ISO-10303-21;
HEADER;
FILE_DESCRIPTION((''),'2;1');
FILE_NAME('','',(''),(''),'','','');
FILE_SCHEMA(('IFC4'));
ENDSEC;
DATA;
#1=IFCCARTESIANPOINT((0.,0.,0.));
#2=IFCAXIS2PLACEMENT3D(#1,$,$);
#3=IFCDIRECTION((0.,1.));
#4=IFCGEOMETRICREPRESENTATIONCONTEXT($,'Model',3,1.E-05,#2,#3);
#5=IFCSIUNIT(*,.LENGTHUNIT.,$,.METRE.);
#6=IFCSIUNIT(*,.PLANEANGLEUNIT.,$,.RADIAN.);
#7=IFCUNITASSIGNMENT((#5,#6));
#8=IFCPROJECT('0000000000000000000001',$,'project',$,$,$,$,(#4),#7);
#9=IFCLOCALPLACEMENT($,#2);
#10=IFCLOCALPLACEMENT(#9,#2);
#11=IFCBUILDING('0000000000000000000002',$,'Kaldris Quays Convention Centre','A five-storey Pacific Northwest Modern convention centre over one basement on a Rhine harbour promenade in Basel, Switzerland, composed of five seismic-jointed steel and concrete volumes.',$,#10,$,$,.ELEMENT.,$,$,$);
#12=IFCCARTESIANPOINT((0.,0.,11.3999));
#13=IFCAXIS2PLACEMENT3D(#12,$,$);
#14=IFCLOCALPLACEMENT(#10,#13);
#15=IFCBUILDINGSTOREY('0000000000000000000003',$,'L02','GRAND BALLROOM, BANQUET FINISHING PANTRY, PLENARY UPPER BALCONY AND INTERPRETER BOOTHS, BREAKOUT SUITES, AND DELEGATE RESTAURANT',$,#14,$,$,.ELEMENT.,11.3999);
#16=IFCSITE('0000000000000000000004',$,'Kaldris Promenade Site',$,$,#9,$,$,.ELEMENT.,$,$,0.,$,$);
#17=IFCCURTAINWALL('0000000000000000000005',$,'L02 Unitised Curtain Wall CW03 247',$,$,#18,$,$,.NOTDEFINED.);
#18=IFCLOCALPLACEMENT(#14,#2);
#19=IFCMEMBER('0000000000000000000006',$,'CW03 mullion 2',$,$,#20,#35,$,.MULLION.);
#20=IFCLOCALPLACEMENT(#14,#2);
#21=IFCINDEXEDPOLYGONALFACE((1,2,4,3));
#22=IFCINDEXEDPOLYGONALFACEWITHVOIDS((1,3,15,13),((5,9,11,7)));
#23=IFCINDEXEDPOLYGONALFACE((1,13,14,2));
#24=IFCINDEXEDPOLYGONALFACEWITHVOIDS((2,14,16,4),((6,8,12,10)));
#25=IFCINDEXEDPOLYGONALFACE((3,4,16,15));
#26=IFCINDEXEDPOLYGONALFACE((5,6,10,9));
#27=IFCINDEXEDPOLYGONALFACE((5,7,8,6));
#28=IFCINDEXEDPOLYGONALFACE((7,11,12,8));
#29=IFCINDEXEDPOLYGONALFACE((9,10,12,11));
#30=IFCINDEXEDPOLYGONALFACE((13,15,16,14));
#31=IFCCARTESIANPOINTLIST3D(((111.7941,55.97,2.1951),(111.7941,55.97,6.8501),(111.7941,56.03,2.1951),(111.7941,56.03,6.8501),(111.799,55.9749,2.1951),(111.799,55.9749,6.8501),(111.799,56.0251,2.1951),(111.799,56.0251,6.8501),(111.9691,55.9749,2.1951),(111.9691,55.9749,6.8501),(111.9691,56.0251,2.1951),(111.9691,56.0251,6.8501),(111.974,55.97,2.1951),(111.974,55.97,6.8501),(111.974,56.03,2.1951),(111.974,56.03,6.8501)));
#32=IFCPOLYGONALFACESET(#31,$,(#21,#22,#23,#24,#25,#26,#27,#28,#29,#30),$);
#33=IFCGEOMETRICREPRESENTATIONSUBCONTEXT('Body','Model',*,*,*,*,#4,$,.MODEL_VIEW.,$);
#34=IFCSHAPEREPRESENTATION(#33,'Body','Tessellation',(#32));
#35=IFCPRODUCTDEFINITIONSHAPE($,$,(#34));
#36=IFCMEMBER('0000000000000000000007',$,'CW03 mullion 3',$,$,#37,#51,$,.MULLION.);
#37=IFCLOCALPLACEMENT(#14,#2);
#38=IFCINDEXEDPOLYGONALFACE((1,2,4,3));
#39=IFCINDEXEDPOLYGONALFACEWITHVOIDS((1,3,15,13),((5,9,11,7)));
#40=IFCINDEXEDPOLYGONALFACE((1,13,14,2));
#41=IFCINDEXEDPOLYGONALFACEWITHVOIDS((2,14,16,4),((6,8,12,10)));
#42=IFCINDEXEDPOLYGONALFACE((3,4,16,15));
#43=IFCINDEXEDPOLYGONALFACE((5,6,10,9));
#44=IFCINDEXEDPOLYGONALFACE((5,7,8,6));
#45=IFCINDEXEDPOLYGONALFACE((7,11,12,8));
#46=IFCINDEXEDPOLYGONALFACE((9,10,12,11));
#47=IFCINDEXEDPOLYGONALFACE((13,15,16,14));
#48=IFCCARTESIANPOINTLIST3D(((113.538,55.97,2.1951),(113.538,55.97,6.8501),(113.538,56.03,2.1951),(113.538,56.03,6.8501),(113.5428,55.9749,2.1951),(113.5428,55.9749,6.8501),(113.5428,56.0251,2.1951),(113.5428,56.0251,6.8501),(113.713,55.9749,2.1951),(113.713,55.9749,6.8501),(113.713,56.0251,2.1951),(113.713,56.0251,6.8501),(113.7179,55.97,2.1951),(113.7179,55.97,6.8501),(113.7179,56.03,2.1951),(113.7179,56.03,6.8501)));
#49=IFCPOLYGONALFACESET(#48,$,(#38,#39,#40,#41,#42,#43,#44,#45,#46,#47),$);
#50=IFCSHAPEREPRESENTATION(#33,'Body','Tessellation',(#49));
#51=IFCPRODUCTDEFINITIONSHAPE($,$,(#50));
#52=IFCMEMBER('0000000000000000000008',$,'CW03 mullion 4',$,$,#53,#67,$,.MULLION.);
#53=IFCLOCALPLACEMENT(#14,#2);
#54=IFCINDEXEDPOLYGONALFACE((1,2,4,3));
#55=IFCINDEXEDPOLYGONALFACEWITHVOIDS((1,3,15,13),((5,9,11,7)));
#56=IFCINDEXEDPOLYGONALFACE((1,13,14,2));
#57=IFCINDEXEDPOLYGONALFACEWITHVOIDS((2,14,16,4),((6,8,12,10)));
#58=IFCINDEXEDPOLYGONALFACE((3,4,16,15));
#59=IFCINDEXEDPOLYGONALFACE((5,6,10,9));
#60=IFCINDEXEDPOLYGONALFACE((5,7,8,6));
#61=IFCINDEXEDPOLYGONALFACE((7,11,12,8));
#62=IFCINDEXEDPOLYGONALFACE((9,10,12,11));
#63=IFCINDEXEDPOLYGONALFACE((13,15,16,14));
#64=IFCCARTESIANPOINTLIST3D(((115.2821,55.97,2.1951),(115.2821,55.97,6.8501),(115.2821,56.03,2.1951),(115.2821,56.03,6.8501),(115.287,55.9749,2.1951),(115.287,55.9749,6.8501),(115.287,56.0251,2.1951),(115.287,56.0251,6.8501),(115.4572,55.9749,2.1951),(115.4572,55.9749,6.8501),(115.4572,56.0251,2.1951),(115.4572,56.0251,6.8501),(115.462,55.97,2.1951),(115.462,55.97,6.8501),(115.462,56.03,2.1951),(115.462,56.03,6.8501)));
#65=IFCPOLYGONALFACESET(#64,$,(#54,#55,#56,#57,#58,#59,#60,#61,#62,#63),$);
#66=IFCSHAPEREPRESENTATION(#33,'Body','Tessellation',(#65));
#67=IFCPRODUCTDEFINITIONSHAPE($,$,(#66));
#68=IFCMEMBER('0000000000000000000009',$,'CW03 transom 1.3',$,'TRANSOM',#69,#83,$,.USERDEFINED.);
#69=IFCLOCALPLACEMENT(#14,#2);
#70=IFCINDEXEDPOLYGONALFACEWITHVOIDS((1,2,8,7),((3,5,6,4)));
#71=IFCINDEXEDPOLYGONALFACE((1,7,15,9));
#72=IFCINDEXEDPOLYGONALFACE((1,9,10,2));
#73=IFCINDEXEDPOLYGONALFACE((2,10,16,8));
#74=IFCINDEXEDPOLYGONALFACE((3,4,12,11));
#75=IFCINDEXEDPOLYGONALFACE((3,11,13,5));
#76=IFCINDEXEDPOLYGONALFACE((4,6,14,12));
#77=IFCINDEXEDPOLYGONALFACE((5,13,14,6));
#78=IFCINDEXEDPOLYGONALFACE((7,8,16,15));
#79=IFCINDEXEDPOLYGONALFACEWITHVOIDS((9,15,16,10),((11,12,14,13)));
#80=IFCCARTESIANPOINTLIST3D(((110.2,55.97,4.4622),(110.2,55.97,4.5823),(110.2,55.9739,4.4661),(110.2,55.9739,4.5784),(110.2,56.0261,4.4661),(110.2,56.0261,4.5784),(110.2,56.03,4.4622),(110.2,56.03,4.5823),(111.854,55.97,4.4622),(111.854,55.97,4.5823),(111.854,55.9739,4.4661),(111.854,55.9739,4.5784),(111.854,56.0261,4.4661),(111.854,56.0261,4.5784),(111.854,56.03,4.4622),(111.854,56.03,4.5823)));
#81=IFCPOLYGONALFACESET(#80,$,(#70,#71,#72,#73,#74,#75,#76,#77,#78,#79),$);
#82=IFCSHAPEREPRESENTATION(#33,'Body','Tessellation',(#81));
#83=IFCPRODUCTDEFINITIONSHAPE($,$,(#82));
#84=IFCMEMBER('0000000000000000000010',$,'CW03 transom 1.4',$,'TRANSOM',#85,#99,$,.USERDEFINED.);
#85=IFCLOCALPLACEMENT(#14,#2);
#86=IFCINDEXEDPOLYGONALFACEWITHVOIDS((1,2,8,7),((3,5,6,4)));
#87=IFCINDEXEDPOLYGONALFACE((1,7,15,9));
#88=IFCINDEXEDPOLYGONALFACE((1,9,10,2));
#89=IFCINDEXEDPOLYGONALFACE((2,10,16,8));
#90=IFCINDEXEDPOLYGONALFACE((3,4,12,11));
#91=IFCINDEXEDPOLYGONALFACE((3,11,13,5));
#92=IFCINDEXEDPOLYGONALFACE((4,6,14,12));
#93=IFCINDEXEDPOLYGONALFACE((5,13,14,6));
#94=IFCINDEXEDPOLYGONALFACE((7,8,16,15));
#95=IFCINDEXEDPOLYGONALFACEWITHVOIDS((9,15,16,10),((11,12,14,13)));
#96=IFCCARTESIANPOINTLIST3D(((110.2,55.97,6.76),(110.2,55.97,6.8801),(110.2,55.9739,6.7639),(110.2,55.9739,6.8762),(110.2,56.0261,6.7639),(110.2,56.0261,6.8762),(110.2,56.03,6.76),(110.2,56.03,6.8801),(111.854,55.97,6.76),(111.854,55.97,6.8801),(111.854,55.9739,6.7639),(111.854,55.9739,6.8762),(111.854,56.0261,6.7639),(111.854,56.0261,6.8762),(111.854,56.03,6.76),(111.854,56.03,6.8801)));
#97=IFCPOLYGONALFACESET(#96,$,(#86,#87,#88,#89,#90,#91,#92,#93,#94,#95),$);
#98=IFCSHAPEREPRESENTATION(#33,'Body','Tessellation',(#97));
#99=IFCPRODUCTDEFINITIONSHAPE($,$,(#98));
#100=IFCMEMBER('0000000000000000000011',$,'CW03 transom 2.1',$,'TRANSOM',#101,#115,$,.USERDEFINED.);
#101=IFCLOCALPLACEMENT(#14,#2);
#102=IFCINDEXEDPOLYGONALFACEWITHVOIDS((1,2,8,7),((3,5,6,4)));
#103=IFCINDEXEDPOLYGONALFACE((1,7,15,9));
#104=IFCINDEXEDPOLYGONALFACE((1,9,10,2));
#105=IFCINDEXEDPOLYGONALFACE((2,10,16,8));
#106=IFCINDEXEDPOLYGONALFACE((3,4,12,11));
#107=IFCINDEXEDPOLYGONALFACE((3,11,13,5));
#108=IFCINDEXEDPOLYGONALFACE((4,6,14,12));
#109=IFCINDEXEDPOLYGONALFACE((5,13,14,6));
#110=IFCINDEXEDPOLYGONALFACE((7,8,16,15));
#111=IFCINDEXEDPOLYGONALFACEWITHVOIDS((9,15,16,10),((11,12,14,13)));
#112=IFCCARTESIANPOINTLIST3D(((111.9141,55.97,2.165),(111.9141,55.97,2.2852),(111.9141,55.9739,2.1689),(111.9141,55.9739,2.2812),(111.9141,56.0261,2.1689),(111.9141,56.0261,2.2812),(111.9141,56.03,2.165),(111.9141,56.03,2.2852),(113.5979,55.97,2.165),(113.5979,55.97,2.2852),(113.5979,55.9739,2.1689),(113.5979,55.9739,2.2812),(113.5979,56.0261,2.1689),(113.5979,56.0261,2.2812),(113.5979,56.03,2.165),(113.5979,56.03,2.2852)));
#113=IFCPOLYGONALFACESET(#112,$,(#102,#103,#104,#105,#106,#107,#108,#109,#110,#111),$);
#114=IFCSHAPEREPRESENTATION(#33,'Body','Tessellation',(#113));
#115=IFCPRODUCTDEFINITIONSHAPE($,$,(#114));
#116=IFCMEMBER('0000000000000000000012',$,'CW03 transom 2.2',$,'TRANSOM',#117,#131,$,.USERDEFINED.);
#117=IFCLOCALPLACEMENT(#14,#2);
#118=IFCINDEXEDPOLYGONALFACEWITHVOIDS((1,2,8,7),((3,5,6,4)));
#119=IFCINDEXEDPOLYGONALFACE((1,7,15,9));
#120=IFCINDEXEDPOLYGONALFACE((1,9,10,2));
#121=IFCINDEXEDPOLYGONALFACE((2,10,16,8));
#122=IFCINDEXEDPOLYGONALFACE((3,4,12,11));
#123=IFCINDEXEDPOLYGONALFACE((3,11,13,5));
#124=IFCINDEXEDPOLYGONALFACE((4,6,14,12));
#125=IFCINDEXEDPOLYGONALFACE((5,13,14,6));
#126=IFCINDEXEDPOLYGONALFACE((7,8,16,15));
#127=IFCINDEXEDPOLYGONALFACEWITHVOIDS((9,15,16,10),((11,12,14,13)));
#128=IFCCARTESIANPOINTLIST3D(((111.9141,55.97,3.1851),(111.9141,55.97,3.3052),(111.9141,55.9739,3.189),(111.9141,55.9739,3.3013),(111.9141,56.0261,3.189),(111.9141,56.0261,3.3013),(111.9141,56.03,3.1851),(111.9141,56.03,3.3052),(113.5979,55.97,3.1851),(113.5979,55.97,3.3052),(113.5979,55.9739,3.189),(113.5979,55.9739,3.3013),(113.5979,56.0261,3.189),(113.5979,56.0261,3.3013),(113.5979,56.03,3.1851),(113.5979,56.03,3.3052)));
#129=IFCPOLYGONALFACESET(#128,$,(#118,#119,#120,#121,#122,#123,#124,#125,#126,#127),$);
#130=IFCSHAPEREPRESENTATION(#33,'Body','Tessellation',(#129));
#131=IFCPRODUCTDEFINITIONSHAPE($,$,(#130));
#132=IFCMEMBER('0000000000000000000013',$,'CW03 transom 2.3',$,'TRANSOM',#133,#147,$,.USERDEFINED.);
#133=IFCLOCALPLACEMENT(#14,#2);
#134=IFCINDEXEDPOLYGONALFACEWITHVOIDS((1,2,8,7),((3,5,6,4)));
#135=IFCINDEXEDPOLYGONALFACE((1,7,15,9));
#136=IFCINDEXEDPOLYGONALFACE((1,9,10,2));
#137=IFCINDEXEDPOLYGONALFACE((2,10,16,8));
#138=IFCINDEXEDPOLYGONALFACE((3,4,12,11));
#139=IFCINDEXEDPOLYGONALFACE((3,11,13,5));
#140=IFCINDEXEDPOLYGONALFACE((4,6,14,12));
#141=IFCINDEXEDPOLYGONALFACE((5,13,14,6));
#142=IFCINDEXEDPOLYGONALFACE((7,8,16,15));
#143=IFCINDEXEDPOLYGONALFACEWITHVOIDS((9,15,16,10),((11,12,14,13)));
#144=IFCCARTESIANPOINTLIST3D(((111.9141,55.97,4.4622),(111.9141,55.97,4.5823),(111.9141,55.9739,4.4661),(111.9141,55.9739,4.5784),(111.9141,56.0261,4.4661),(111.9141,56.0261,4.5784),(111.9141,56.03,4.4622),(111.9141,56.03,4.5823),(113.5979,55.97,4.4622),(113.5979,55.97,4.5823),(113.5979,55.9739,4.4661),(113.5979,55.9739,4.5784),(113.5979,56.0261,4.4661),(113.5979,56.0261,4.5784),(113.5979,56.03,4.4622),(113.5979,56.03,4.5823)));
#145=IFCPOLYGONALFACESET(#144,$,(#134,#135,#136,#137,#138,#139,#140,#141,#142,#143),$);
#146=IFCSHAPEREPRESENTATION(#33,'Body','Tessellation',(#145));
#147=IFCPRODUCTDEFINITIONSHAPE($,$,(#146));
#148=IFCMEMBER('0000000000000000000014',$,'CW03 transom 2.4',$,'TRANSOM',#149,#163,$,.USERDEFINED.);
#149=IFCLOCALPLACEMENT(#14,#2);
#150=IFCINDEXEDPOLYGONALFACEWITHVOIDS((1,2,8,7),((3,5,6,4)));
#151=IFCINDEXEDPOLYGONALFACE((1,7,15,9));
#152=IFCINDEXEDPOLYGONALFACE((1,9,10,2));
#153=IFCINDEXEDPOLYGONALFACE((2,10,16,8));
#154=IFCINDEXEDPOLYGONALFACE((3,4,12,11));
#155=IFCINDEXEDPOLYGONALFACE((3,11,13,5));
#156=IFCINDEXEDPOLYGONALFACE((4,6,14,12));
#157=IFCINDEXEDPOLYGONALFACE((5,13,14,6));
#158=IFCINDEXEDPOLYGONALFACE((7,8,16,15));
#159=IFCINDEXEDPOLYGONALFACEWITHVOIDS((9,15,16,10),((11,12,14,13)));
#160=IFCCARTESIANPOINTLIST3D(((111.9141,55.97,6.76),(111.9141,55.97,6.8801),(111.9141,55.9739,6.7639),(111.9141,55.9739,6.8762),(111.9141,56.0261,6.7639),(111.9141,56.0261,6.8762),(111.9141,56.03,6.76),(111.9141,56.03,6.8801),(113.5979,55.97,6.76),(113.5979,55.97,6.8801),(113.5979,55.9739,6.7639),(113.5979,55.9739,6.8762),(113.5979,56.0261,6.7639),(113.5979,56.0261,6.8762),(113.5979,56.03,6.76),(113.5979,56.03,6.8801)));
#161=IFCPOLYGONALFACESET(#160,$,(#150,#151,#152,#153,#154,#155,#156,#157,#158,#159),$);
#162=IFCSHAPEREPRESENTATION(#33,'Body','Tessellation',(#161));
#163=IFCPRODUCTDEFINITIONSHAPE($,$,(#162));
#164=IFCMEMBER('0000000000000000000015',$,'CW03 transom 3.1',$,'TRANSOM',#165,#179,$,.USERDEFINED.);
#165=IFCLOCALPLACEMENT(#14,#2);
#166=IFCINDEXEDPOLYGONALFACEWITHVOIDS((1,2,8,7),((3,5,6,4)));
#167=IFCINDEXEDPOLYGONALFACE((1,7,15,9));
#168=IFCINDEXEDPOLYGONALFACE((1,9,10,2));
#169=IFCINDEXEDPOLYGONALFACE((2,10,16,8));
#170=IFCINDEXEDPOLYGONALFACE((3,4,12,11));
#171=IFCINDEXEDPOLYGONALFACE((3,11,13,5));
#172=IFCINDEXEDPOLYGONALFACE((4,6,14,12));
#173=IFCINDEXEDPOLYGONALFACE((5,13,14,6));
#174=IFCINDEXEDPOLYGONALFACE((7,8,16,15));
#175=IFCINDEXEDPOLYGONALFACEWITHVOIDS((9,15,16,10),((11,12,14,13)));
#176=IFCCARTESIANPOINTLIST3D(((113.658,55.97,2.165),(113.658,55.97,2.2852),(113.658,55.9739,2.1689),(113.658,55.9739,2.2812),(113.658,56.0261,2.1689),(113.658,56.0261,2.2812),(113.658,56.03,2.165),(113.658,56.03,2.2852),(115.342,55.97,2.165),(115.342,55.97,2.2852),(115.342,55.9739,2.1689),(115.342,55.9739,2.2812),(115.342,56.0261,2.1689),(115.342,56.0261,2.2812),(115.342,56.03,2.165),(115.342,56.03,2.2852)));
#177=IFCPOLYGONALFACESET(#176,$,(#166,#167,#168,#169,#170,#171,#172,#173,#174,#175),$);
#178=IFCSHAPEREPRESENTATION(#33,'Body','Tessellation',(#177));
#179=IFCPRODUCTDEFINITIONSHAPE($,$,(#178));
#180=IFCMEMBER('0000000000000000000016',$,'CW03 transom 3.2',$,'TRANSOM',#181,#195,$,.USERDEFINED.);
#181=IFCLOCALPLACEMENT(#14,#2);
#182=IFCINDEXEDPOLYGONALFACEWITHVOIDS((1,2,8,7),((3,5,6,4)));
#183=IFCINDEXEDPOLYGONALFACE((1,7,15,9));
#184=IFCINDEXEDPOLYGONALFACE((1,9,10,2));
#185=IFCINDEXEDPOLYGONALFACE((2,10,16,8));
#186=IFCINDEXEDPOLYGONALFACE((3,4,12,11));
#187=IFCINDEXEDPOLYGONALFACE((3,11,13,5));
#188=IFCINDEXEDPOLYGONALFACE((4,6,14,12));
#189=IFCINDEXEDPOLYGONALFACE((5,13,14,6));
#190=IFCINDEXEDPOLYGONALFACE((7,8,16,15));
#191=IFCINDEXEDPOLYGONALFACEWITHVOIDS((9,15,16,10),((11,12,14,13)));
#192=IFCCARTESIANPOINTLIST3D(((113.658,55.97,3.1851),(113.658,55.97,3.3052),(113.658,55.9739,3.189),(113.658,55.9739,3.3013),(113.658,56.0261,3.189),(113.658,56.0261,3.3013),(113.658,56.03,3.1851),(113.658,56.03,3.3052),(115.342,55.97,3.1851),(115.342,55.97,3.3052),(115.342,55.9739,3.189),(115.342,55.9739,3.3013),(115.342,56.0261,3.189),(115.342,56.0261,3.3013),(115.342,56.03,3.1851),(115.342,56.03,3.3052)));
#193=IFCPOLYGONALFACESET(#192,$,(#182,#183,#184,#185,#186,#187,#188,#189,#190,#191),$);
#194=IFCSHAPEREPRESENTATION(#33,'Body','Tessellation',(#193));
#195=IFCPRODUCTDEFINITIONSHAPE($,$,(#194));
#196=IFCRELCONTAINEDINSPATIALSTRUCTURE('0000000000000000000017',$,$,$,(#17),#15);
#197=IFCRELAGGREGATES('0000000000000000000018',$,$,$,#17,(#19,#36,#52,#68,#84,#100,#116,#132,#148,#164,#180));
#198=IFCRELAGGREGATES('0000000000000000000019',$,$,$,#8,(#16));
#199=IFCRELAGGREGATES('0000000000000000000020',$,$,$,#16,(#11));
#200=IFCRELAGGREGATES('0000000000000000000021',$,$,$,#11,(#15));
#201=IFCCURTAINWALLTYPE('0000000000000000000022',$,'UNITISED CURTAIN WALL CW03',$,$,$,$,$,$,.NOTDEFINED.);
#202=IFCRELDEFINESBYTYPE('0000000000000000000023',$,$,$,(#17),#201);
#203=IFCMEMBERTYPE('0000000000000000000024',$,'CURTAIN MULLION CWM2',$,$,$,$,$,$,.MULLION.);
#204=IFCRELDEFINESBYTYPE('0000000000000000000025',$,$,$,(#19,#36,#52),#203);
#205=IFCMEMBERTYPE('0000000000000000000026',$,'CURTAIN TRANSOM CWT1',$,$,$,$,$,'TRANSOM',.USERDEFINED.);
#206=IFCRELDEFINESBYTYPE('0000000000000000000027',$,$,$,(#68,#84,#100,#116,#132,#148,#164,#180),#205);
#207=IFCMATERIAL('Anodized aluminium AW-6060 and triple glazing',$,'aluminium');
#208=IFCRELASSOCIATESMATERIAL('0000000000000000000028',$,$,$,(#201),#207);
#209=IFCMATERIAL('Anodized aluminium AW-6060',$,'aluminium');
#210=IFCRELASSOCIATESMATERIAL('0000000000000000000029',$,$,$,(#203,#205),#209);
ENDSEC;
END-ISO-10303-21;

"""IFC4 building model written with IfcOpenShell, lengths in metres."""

from ifc_helpers import new_model, si_unit, direction, frame, origin, origin_2d, place, context, subcontext, project, spatial, hollow_rectangle, extrude, material, material_profile, profile_set, type_object, element, aggregate, save


model = new_model("IFC4")

# Units and contexts
model_context = context("Model", 3, precision=1e-05, world=origin(), true_north=direction((0.0, 1.0)))
body_context = subcontext(model_context, "Body", "Model", "MODEL_VIEW")
ifc_project = project(units=[si_unit("LENGTHUNIT", "METRE"), si_unit("PLANEANGLEUNIT", "RADIAN")], contexts=[model_context])

# Site, building, storey
site_placement = place(None, origin())
site = spatial("IfcSite", under=ifc_project, at=site_placement, Name="Kaldris Promenade Site", CompositionType="ELEMENT", RefElevation=0.0)
building_placement = place(site_placement, origin())
building = spatial("IfcBuilding", under=site, at=building_placement, Name="Kaldris Quays Convention Centre", Description="A five-storey Pacific Northwest Modern convention centre over one basement on a Rhine harbour promenade in Basel, Switzerland, composed of five seismic-jointed steel and concrete volumes.", CompositionType="ELEMENT")
storey_placement = place(building_placement, frame((0.0, 0.0, 11.3999)))
storey = spatial("IfcBuildingStorey", under=building, at=storey_placement, Name="L02", Description="GRAND BALLROOM, BANQUET FINISHING PANTRY, PLENARY UPPER BALCONY AND INTERPRETER BOOTHS, BREAKOUT SUITES, AND DELEGATE RESTAURANT", CompositionType="ELEMENT", Elevation=11.3999)

# Curtain wall, members
ifc_material_1 = material(Name="Anodized aluminium AW-6060 and triple glazing", Category="aluminium")
curtain_wall_type = type_object("IfcCurtainWallType", Name="UNITISED CURTAIN WALL CW03", PredefinedType="NOTDEFINED", material=ifc_material_1)
curtain_wall_placement = place(storey_placement, origin())
curtain_wall = element("IfcCurtainWall", 1, at=curtain_wall_placement, inside=storey, type_object=curtain_wall_type, Name="L02 Unitised Curtain Wall CW03 247", PredefinedType="NOTDEFINED")
ifc_material_2 = material(Name="Anodized aluminium AW-6060", Category="aluminium")
ifc_material_profile_1 = material_profile(ifc_material_2, hollow_rectangle(XDim=0.0601, YDim=0.1799, WallThickness=0.0049, at=origin_2d()), Name="RHS 180x60x5")
ifc_profile_set_1 = profile_set([ifc_material_profile_1], Name="Anodized aluminium AW-6060")
member_type_1 = type_object("IfcMemberType", Name="CURTAIN MULLION CWM2", PredefinedType="MULLION", material=ifc_profile_set_1)
member_1_placement = place(storey_placement, frame((111.884, 56.0, 2.1951), z_axis=(0.0, 0.0, 1.0), x_axis=(0.0, 1.0, 0.0)))
member_1 = element("IfcMember", 2, at=member_1_placement, type_object=member_type_1, Name="CW03 mullion 2", PredefinedType="MULLION", context=body_context, shape_type="SweptSolid", body=[
    extrude(hollow_rectangle(XDim=0.0601, YDim=0.1799, WallThickness=0.0049, at=origin_2d()), origin(), (0.0, 0.0, 1.0), 4.655),
])
member_2_placement = place(storey_placement, frame((113.6279, 56.0, 2.1951), z_axis=(0.0, 0.0, 1.0), x_axis=(0.0, 1.0, 0.0)))
member_2 = element("IfcMember", 3, at=member_2_placement, type_object=member_type_1, Name="CW03 mullion 3", PredefinedType="MULLION", context=body_context, shape_type="SweptSolid", body=[
    extrude(hollow_rectangle(XDim=0.0601, YDim=0.1799, WallThickness=0.0049, at=origin_2d()), origin(), (0.0, 0.0, 1.0), 4.655),
])
member_3_placement = place(storey_placement, frame((115.3721, 56.0, 2.1951), z_axis=(0.0, 0.0, 1.0), x_axis=(0.0, 1.0, 0.0)))
member_3 = element("IfcMember", 4, at=member_3_placement, type_object=member_type_1, Name="CW03 mullion 4", PredefinedType="MULLION", context=body_context, shape_type="SweptSolid", body=[
    extrude(hollow_rectangle(XDim=0.0601, YDim=0.1799, WallThickness=0.0049, at=origin_2d()), origin(), (0.0, 0.0, 1.0), 4.655),
])
ifc_material_profile_2 = material_profile(ifc_material_2, hollow_rectangle(XDim=0.0601, YDim=0.1201, WallThickness=0.0039, at=origin_2d()), Name="RHS 120x60x4")
ifc_profile_set_2 = profile_set([ifc_material_profile_2], Name="Anodized aluminium AW-6060")
member_type_2 = type_object("IfcMemberType", Name="CURTAIN TRANSOM CWT1", ElementType="TRANSOM", PredefinedType="USERDEFINED", material=ifc_profile_set_2)
member_4_placement = place(storey_placement, frame((110.2, 56.0, 4.5222), z_axis=(1.0, 0.0, 0.0), x_axis=(0.0, 1.0, 0.0)))
member_4 = element("IfcMember", 5, at=member_4_placement, type_object=member_type_2, Name="CW03 transom 1.3", ObjectType="TRANSOM", PredefinedType="USERDEFINED", context=body_context, shape_type="SweptSolid", body=[
    extrude(hollow_rectangle(XDim=0.0601, YDim=0.1201, WallThickness=0.0039, at=origin_2d()), origin(), (0.0, 0.0, 1.0), 1.6541),
])
member_5_placement = place(storey_placement, frame((110.2, 56.0, 6.8201), z_axis=(1.0, 0.0, 0.0), x_axis=(0.0, 1.0, 0.0)))
member_5 = element("IfcMember", 6, at=member_5_placement, type_object=member_type_2, Name="CW03 transom 1.4", ObjectType="TRANSOM", PredefinedType="USERDEFINED", context=body_context, shape_type="SweptSolid", body=[
    extrude(hollow_rectangle(XDim=0.0601, YDim=0.1201, WallThickness=0.0039, at=origin_2d()), origin(), (0.0, 0.0, 1.0), 1.6541),
])
member_6_placement = place(storey_placement, frame((111.9141, 56.0, 2.2251), z_axis=(1.0, 0.0, 0.0), x_axis=(0.0, 1.0, 0.0)))
member_6 = element("IfcMember", 7, at=member_6_placement, type_object=member_type_2, Name="CW03 transom 2.1", ObjectType="TRANSOM", PredefinedType="USERDEFINED", context=body_context, shape_type="SweptSolid", body=[
    extrude(hollow_rectangle(XDim=0.0601, YDim=0.1201, WallThickness=0.0039, at=origin_2d()), origin(), (0.0, 0.0, 1.0), 1.6838),
])
member_7_placement = place(storey_placement, frame((111.9141, 56.0, 3.2451), z_axis=(1.0, 0.0, 0.0), x_axis=(0.0, 1.0, 0.0)))
member_7 = element("IfcMember", 8, at=member_7_placement, type_object=member_type_2, Name="CW03 transom 2.2", ObjectType="TRANSOM", PredefinedType="USERDEFINED", context=body_context, shape_type="SweptSolid", body=[
    extrude(hollow_rectangle(XDim=0.0601, YDim=0.1201, WallThickness=0.0039, at=origin_2d()), origin(), (0.0, 0.0, 1.0), 1.6838),
])
member_8_placement = place(storey_placement, frame((111.9141, 56.0, 4.5222), z_axis=(1.0, 0.0, 0.0), x_axis=(0.0, 1.0, 0.0)))
member_8 = element("IfcMember", 9, at=member_8_placement, type_object=member_type_2, Name="CW03 transom 2.3", ObjectType="TRANSOM", PredefinedType="USERDEFINED", context=body_context, shape_type="SweptSolid", body=[
    extrude(hollow_rectangle(XDim=0.0601, YDim=0.1201, WallThickness=0.0039, at=origin_2d()), origin(), (0.0, 0.0, 1.0), 1.6838),
])
member_9_placement = place(storey_placement, frame((111.9141, 56.0, 6.8201), z_axis=(1.0, 0.0, 0.0), x_axis=(0.0, 1.0, 0.0)))
member_9 = element("IfcMember", 10, at=member_9_placement, type_object=member_type_2, Name="CW03 transom 2.4", ObjectType="TRANSOM", PredefinedType="USERDEFINED", context=body_context, shape_type="SweptSolid", body=[
    extrude(hollow_rectangle(XDim=0.0601, YDim=0.1201, WallThickness=0.0039, at=origin_2d()), origin(), (0.0, 0.0, 1.0), 1.6838),
])
member_10_placement = place(storey_placement, frame((113.658, 56.0, 2.2251), z_axis=(1.0, 0.0, 0.0), x_axis=(0.0, 1.0, 0.0)))
member_10 = element("IfcMember", 11, at=member_10_placement, type_object=member_type_2, Name="CW03 transom 3.1", ObjectType="TRANSOM", PredefinedType="USERDEFINED", context=body_context, shape_type="SweptSolid", body=[
    extrude(hollow_rectangle(XDim=0.0601, YDim=0.1201, WallThickness=0.0039, at=origin_2d()), origin(), (0.0, 0.0, 1.0), 1.6841),
])
member_11_placement = place(storey_placement, frame((113.658, 56.0, 3.2451), z_axis=(1.0, 0.0, 0.0), x_axis=(0.0, 1.0, 0.0)))
member_11 = element("IfcMember", 12, at=member_11_placement, type_object=member_type_2, Name="CW03 transom 3.2", ObjectType="TRANSOM", PredefinedType="USERDEFINED", context=body_context, shape_type="SweptSolid", body=[
    extrude(hollow_rectangle(XDim=0.0601, YDim=0.1201, WallThickness=0.0039, at=origin_2d()), origin(), (0.0, 0.0, 1.0), 1.6841),
])

aggregate(curtain_wall, [member_1, member_2, member_3, member_4, member_5, member_6, member_7, member_8, member_9, member_10, member_11])

save(model, "model.ifc")
